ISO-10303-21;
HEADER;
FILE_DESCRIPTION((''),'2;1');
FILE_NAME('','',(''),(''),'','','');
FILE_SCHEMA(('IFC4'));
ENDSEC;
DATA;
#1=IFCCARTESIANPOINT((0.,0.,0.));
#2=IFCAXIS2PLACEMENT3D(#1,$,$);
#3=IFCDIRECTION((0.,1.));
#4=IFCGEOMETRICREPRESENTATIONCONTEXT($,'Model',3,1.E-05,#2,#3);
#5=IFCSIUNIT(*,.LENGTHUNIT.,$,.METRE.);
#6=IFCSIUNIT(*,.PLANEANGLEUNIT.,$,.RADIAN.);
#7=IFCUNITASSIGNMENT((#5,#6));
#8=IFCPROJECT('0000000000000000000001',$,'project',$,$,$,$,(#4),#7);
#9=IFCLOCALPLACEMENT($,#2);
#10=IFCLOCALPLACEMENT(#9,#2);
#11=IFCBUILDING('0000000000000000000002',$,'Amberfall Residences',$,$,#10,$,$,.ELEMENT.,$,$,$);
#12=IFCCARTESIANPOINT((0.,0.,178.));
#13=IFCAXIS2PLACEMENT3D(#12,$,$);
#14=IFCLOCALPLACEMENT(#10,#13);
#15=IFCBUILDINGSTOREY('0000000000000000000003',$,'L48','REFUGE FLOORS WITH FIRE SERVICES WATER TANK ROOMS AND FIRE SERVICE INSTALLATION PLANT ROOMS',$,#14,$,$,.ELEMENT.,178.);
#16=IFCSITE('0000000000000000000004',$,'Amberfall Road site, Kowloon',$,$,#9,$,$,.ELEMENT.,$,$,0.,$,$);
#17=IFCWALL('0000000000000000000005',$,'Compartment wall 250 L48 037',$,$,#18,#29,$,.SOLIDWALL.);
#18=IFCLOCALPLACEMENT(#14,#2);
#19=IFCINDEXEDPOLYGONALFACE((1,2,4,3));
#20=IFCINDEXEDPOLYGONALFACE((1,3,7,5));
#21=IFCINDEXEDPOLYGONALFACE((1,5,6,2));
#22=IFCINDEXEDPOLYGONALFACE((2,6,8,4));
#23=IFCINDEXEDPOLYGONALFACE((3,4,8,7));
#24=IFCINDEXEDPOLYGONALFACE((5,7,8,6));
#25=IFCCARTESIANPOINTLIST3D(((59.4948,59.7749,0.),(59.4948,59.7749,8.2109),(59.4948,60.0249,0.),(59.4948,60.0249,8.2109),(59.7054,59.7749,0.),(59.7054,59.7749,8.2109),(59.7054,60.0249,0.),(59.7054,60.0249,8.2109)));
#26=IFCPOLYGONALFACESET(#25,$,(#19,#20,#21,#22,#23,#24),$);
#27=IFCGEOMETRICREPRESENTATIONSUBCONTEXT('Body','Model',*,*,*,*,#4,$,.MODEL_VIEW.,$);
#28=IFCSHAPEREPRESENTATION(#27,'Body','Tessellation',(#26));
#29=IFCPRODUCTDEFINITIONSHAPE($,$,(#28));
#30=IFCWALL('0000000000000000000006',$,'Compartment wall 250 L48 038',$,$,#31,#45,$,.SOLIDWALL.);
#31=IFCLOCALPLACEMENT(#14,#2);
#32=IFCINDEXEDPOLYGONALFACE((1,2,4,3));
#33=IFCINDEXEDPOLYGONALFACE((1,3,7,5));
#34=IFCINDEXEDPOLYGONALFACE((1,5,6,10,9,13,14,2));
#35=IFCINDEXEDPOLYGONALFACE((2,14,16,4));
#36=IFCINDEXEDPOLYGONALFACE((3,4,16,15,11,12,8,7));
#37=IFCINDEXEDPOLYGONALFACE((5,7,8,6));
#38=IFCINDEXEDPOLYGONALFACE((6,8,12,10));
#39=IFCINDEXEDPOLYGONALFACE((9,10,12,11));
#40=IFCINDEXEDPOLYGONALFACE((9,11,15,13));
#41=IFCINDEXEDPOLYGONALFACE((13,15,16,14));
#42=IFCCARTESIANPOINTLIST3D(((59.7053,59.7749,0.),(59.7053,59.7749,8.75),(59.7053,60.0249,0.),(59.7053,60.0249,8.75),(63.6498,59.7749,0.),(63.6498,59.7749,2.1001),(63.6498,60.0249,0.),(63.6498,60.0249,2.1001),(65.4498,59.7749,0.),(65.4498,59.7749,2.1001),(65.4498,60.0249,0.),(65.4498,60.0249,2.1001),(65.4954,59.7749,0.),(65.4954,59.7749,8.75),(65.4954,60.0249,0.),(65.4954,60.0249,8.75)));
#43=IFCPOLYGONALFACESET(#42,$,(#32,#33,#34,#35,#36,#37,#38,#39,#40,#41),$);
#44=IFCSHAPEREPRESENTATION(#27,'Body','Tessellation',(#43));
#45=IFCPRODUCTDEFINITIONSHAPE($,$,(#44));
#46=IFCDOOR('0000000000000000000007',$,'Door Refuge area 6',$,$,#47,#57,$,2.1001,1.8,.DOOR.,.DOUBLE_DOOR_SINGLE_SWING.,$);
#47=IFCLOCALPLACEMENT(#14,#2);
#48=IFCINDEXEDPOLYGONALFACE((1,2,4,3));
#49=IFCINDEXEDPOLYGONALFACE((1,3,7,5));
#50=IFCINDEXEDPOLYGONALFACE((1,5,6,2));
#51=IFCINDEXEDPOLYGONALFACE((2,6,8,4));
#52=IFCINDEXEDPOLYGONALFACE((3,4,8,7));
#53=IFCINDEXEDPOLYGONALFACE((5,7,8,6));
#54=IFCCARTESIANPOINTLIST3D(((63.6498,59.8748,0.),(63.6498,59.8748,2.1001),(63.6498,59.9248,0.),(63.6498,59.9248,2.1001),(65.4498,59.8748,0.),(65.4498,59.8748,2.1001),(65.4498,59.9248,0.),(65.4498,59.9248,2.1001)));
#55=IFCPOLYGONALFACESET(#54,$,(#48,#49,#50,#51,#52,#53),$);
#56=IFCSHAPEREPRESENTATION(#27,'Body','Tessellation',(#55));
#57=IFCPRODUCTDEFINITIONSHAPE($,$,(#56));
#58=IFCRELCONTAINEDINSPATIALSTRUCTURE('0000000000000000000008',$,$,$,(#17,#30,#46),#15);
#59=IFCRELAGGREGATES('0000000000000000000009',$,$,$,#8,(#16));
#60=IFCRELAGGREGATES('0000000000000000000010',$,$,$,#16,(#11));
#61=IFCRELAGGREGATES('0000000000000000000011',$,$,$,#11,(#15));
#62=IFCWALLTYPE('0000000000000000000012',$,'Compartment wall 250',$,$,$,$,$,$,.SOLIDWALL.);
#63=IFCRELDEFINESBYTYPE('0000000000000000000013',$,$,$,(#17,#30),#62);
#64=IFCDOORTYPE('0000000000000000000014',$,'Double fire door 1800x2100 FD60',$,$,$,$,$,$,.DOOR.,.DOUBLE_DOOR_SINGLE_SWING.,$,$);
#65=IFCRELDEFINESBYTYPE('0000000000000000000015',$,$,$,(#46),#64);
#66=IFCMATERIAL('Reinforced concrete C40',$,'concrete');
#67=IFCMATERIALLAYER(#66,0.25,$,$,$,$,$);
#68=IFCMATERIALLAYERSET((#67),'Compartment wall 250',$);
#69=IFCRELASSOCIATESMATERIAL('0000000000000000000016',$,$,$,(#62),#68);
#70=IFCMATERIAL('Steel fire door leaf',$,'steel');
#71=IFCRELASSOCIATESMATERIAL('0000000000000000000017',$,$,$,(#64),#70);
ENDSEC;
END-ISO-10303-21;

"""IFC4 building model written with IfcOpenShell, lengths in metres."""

from ifc_helpers import new_model, si_unit, direction, frame, frame_2d, origin, place, context, subcontext, project, spatial, rectangle, extrude, material, layer, layer_set, type_object, element, fill, save


model = new_model("IFC4")

# Units and contexts
model_context = context("Model", 3, precision=1e-05, world=origin(), true_north=direction((0.0, 1.0)))
body_context = subcontext(model_context, "Body", "Model", "MODEL_VIEW")
ifc_project = project(units=[si_unit("LENGTHUNIT", "METRE"), si_unit("PLANEANGLEUNIT", "RADIAN")], contexts=[model_context])

# Site, building, storey
site_placement = place(None, origin())
site = spatial("IfcSite", under=ifc_project, at=site_placement, Name="Amberfall Road site, Kowloon", CompositionType="ELEMENT", RefElevation=0.0)
building_placement = place(site_placement, origin())
building = spatial("IfcBuilding", under=site, at=building_placement, Name="Amberfall Residences", CompositionType="ELEMENT")
storey_placement = place(building_placement, frame((0.0, 0.0, 178.0)))
storey = spatial("IfcBuildingStorey", under=building, at=storey_placement, Name="L48", Description="REFUGE FLOORS WITH FIRE SERVICES WATER TANK ROOMS AND FIRE SERVICE INSTALLATION PLANT ROOMS", CompositionType="ELEMENT", Elevation=178.0)

# Wall
ifc_material_1 = material(Name="Reinforced concrete C40", Category="concrete")
ifc_layer_1 = layer(ifc_material_1, 0.25)
ifc_layer_set_1 = layer_set([ifc_layer_1], Name="Compartment wall 250")
wall_type_1 = type_object("IfcWallType", Name="Compartment wall 250", PredefinedType="SOLIDWALL", material=ifc_layer_set_1)
wall_1_placement = place(storey_placement, frame((59.4946, 59.8999, 0.0), z_axis=(0.0, 0.0, 1.0), x_axis=(1.0, 0.0, 0.0)))
element("IfcWall", 1, at=wall_1_placement, inside=storey, type_object=wall_type_1, Name="Compartment wall 250 L48 037", PredefinedType="SOLIDWALL", context=body_context, shape_type="SweptSolid", body=[
    extrude(rectangle(XDim=0.2107, YDim=0.25, at=frame_2d((0.1055, 0.0))), origin(), (0.0, 0.0, 1.0), 8.2109),
])

# Wall, opening, door
wall_2_placement = place(storey_placement, frame((59.7053, 59.8999, 0.0), z_axis=(0.0, 0.0, 1.0), x_axis=(1.0, 0.0, 0.0)))
wall_2 = element("IfcWall", 2, at=wall_2_placement, inside=storey, type_object=wall_type_1, Name="Compartment wall 250 L48 038", PredefinedType="SOLIDWALL", context=body_context, shape_type="SweptSolid", body=[
    extrude(rectangle(XDim=5.79, YDim=0.25, at=frame_2d((2.895, 0.0))), origin(), (0.0, 0.0, 1.0), 8.75),
])
opening_1_placement = place(wall_2_placement, frame((3.9446, 0.0, 0.0)))
opening_1 = element("IfcOpeningElement", 3, at=opening_1_placement, cuts=wall_2, PredefinedType="OPENING", context=body_context, shape_type="SweptSolid", body=[
    extrude(rectangle(XDim=1.8, YDim=2.1001, at=frame_2d((0.8999, 1.05))), frame((0.0, 0.135, 0.0), z_axis=(0.0, -1.0, 0.0), x_axis=(1.0, 0.0, 0.0)), (0.0, 0.0, 1.0), 0.27),
])
ifc_material_2 = material(Name="Steel fire door leaf", Category="steel")
door_type_1 = type_object("IfcDoorType", Name="Double fire door 1800x2100 FD60", OperationType="DOUBLE_DOOR_SINGLE_SWING", PredefinedType="DOOR", material=ifc_material_2)
door_1_placement = place(opening_1_placement, origin())
door_1 = element("IfcDoor", 4, at=door_1_placement, inside=storey, type_object=door_type_1, Name="Door Refuge area 6", OperationType="DOUBLE_DOOR_SINGLE_SWING", OverallHeight=2.1001, OverallWidth=1.8, PredefinedType="DOOR", context=body_context, shape_type="SweptSolid", body=[
    extrude(rectangle(XDim=1.8, YDim=2.1001, at=frame_2d((0.8999, 1.05))), frame((0.0, 0.0249, 0.0), z_axis=(0.0, -1.0, 0.0), x_axis=(1.0, 0.0, 0.0)), (0.0, 0.0, 1.0), 0.05),
])
fill(opening_1, door_1)

save(model, "model.ifc")
